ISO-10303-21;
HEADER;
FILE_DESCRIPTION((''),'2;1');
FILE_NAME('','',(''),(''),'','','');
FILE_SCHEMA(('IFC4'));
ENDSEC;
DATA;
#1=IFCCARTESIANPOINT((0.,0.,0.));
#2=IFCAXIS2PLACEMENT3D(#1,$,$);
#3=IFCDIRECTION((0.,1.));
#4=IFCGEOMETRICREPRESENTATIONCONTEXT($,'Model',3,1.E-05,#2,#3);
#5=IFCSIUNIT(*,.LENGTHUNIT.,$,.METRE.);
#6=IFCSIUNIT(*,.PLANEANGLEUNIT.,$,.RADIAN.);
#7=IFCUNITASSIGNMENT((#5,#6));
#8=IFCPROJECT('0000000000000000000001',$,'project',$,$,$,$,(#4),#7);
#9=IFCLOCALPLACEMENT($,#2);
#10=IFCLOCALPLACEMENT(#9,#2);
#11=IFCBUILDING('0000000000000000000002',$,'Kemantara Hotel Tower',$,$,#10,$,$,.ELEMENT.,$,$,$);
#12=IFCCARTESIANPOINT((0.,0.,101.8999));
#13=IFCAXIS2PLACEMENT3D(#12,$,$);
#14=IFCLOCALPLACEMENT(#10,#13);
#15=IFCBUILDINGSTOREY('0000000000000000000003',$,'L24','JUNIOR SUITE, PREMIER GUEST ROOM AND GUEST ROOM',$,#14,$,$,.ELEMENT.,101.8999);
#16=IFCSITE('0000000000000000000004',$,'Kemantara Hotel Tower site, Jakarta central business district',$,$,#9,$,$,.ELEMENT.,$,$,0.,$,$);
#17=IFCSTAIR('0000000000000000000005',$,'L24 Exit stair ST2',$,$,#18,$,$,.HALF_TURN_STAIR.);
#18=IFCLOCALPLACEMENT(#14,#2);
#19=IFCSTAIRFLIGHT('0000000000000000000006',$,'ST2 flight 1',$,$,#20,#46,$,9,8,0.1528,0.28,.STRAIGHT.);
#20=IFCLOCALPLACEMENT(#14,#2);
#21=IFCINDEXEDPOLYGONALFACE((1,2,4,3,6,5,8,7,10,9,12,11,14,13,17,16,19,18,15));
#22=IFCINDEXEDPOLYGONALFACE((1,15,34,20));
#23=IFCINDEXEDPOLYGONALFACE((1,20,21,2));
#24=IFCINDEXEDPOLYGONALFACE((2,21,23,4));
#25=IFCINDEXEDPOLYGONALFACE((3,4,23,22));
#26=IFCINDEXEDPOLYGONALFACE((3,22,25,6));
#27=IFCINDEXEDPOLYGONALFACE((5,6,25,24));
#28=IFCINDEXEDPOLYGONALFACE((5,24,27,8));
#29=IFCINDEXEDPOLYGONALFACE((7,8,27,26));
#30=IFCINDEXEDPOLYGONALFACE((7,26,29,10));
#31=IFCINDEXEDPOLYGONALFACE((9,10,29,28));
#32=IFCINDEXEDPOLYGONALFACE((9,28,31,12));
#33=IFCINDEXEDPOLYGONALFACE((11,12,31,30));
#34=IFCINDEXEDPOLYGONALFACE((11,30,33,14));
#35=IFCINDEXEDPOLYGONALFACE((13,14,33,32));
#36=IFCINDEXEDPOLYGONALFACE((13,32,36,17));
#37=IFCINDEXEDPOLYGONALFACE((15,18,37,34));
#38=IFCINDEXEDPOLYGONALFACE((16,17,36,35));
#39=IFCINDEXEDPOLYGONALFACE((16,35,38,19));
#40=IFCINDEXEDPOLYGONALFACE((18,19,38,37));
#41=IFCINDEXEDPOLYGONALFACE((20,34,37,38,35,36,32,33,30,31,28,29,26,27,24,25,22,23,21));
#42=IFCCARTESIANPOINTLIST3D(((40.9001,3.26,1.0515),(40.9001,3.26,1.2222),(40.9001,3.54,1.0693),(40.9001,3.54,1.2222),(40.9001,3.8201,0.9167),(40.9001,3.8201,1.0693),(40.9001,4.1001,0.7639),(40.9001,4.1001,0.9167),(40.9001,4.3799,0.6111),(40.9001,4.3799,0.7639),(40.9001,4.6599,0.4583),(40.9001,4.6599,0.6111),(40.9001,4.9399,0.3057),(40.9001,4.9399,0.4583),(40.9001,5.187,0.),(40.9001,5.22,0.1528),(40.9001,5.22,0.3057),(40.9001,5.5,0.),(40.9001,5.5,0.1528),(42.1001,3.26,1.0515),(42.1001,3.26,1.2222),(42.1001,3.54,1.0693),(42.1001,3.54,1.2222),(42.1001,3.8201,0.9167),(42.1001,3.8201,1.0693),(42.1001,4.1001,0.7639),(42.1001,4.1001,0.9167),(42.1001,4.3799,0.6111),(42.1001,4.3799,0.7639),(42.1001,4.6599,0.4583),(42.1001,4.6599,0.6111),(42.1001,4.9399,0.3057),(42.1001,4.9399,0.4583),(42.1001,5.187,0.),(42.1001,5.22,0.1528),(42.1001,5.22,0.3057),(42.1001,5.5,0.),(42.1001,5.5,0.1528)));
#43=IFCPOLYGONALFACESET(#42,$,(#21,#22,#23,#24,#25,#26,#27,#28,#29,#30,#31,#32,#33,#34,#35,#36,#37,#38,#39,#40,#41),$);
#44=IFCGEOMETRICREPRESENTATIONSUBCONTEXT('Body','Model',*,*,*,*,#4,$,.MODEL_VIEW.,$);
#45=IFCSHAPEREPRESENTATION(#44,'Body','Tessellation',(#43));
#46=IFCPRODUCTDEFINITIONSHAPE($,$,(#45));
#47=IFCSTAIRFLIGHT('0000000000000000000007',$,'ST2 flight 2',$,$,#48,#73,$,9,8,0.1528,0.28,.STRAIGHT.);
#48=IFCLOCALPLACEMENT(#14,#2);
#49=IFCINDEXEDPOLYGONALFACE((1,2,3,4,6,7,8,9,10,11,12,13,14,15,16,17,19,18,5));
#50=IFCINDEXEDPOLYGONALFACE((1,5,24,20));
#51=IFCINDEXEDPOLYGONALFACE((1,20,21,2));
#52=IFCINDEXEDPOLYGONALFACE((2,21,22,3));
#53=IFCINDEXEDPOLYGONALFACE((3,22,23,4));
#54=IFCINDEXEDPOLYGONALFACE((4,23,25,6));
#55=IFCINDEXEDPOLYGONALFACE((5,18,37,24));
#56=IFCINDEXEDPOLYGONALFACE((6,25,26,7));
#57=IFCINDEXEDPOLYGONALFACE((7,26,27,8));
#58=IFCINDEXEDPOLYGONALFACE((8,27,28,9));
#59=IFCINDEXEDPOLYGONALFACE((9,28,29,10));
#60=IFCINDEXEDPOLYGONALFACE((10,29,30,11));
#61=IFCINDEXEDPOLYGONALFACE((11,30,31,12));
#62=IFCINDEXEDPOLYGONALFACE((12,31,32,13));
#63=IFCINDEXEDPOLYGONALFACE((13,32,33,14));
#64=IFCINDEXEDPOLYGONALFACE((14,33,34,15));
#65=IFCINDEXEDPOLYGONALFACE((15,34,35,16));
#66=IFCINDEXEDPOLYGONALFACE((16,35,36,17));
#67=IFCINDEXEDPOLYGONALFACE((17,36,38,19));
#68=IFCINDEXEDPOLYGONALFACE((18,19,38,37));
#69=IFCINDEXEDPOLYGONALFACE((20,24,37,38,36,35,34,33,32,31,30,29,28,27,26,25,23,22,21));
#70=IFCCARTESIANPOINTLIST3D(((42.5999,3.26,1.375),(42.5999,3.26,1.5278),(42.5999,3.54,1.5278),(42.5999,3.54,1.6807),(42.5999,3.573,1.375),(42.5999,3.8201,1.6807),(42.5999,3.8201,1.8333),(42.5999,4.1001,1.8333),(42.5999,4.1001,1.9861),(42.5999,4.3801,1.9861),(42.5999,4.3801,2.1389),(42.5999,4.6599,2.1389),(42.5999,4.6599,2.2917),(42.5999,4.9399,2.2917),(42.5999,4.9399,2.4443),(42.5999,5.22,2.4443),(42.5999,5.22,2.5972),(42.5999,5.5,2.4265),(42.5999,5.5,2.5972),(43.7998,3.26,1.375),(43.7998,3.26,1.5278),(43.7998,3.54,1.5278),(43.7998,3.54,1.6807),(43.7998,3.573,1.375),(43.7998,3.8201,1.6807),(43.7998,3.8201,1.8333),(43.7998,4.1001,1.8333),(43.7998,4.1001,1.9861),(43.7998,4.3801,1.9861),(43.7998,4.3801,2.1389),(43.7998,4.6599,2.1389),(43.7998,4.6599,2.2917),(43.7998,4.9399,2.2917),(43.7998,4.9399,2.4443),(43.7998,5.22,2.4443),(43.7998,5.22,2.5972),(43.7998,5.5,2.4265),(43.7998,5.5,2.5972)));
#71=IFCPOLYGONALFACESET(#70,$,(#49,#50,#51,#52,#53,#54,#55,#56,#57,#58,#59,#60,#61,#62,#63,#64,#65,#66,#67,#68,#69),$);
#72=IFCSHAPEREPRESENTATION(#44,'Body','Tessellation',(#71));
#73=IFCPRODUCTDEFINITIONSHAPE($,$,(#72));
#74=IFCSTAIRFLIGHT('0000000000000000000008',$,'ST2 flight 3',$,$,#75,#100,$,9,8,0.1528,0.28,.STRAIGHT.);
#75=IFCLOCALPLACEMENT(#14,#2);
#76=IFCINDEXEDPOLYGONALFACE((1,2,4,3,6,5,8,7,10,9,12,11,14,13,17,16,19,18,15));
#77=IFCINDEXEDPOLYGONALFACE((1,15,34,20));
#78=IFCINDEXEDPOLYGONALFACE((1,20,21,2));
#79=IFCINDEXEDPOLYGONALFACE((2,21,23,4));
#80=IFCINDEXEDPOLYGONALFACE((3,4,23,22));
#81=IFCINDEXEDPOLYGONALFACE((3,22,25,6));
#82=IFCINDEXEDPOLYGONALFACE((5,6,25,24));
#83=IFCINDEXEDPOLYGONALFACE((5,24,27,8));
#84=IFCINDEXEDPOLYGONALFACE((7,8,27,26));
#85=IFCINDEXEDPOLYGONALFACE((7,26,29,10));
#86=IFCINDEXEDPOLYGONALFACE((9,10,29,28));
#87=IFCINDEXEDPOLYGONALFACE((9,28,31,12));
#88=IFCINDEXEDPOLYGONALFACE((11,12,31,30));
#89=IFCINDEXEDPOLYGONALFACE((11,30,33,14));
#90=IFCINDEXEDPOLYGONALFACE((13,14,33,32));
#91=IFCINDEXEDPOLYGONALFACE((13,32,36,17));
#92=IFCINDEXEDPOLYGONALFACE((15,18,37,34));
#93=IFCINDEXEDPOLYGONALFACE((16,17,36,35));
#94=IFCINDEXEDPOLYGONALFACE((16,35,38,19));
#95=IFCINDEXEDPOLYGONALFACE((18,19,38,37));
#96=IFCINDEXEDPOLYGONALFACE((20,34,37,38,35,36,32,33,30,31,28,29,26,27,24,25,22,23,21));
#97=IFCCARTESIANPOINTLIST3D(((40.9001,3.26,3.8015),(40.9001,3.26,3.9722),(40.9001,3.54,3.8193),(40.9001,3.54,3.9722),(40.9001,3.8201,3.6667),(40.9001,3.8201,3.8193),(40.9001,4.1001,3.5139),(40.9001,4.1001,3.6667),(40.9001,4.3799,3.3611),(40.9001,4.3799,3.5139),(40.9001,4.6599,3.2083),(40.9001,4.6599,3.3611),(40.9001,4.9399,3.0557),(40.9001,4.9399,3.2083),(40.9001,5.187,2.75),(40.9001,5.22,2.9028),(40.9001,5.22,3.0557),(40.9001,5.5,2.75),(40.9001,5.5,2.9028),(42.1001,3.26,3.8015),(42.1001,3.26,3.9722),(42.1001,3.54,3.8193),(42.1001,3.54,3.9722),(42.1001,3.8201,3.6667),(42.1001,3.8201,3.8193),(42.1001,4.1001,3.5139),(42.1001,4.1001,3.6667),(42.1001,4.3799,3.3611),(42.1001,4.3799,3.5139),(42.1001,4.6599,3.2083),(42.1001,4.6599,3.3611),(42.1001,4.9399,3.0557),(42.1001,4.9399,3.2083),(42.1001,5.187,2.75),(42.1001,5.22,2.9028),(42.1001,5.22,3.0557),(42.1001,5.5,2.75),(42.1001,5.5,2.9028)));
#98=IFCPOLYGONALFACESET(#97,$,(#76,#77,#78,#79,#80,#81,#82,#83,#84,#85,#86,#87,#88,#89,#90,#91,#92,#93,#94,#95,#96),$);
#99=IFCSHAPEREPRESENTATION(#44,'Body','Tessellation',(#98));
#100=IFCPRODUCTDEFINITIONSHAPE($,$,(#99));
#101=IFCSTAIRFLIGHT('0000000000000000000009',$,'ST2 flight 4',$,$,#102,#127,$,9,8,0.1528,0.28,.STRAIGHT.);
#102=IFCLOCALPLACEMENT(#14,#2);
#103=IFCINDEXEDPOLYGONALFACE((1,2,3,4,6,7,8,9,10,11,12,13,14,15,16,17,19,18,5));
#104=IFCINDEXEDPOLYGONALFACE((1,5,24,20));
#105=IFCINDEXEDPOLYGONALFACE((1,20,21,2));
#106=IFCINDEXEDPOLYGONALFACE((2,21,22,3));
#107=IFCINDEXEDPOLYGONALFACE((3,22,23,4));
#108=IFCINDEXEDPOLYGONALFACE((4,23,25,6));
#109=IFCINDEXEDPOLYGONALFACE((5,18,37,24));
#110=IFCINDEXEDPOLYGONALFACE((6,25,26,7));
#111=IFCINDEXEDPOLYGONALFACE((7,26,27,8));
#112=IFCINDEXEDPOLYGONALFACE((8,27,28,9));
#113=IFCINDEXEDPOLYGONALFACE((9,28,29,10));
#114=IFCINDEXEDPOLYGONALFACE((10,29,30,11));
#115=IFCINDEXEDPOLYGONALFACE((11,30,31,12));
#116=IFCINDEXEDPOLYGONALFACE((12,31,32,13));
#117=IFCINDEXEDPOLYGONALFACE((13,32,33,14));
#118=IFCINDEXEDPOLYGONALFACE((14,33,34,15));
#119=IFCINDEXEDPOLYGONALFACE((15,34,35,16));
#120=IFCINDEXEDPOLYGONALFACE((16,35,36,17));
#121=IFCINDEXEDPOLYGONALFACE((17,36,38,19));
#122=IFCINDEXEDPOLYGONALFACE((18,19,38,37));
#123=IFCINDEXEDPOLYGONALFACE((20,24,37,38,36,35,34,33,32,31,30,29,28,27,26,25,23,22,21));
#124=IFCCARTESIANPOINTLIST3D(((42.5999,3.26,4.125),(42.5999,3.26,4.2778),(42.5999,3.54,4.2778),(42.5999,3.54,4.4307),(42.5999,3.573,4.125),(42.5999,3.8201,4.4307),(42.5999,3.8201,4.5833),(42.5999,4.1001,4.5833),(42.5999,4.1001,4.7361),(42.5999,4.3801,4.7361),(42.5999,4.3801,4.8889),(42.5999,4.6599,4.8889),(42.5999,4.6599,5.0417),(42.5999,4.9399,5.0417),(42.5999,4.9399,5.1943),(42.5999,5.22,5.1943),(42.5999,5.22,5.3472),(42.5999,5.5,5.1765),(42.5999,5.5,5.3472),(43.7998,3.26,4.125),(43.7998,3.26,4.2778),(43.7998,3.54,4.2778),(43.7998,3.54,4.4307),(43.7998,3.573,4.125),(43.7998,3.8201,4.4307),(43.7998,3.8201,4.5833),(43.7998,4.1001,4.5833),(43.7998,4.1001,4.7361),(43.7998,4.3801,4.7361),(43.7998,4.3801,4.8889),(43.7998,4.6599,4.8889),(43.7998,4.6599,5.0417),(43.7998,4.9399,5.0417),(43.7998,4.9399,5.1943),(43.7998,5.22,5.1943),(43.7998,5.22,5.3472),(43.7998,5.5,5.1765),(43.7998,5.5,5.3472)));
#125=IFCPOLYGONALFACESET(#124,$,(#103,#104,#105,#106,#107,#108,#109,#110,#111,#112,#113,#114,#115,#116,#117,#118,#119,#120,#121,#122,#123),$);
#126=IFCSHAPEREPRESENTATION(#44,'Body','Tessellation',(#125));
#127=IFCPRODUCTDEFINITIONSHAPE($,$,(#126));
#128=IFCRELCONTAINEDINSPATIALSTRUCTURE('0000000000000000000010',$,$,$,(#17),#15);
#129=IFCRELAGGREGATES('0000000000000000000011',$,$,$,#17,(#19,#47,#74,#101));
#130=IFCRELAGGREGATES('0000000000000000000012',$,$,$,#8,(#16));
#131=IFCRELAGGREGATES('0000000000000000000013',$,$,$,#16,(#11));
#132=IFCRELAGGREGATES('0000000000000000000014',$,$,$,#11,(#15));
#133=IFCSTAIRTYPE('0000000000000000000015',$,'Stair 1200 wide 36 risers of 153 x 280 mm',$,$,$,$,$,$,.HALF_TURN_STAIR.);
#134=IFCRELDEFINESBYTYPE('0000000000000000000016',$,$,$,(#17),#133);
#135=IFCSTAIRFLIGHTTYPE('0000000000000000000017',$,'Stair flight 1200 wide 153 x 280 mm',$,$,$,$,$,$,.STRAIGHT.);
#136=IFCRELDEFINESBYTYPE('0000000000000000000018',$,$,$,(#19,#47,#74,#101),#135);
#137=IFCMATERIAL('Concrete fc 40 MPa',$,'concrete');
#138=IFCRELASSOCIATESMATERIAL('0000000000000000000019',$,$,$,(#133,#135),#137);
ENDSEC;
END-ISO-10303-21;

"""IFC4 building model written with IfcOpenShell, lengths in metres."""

from ifc_helpers import new_model, si_unit, direction, frame, origin, place, context, subcontext, project, spatial, polyline, outline, extrude, material, type_object, element, aggregate, save


model = new_model("IFC4")

# Units and contexts
model_context = context("Model", 3, precision=1e-05, world=origin(), true_north=direction((0.0, 1.0)))
body_context = subcontext(model_context, "Body", "Model", "MODEL_VIEW")
ifc_project = project(units=[si_unit("LENGTHUNIT", "METRE"), si_unit("PLANEANGLEUNIT", "RADIAN")], contexts=[model_context])

# Site, building, storey
site_placement = place(None, origin())
site = spatial("IfcSite", under=ifc_project, at=site_placement, Name="Kemantara Hotel Tower site, Jakarta central business district", CompositionType="ELEMENT", RefElevation=0.0)
building_placement = place(site_placement, origin())
building = spatial("IfcBuilding", under=site, at=building_placement, Name="Kemantara Hotel Tower", CompositionType="ELEMENT")
storey_placement = place(building_placement, frame((0.0, 0.0, 101.8999)))
storey = spatial("IfcBuildingStorey", under=building, at=storey_placement, Name="L24", Description="JUNIOR SUITE, PREMIER GUEST ROOM AND GUEST ROOM", CompositionType="ELEMENT", Elevation=101.8999)

# Stair, stair flights
ifc_material_1 = material(Name="Concrete fc 40 MPa", Category="concrete")
stair_type = type_object("IfcStairType", Name="Stair 1200 wide 36 risers of 153 x 280 mm", PredefinedType="HALF_TURN_STAIR", material=ifc_material_1)
stair_placement = place(storey_placement, origin())
stair = element("IfcStair", 1, at=stair_placement, inside=storey, type_object=stair_type, Name="L24 Exit stair ST2", PredefinedType="HALF_TURN_STAIR")
stair_flight_type = type_object("IfcStairFlightType", Name="Stair flight 1200 wide 153 x 280 mm", PredefinedType="STRAIGHT", material=ifc_material_1)
stair_flight_1_placement = place(storey_placement, frame((41.5, 5.5, 0.0), z_axis=(0.0, 0.0, 1.0), x_axis=(0.0, -1.0, 0.0)))
stair_flight_1 = element("IfcStairFlight", 2, at=stair_flight_1_placement, type_object=stair_flight_type, Name="ST2 flight 1", NumberOfRisers=9, NumberOfTreads=8, PredefinedType="STRAIGHT", RiserHeight=0.1528, TreadLength=0.28, context=body_context, shape_type="SweptSolid", body=[
    extrude(outline(polyline([(0.0, 0.0), (0.0, 0.1528), (0.28, 0.1528), (0.28, 0.3057), (0.5601, 0.3057), (0.5601, 0.4583), (0.8401, 0.4583), (0.8401, 0.6111), (1.1201, 0.6111), (1.1201, 0.7639), (1.3999, 0.7639), (1.3999, 0.9167), (1.6799, 0.9167), (1.6799, 1.0693), (1.96, 1.0693), (1.96, 1.2222), (2.24, 1.2222), (2.24, 1.375), (2.24, 1.0515), (0.313, 0.0), (0.0, 0.0)])), frame((0.0, 0.6001, 0.0), z_axis=(0.0, -1.0, 0.0), x_axis=(1.0, 0.0, 0.0)), (0.0, 0.0, 1.0), 1.2),
])
stair_flight_2_placement = place(storey_placement, frame((43.2, 3.26, 1.375), z_axis=(0.0, 0.0, 1.0), x_axis=(0.0, 1.0, 0.0)))
stair_flight_2 = element("IfcStairFlight", 3, at=stair_flight_2_placement, type_object=stair_flight_type, Name="ST2 flight 2", NumberOfRisers=9, NumberOfTreads=8, PredefinedType="STRAIGHT", RiserHeight=0.1528, TreadLength=0.28, context=body_context, shape_type="SweptSolid", body=[
    extrude(outline(polyline([(0.0, 0.0), (0.0, 0.1528), (0.28, 0.1528), (0.28, 0.3057), (0.5601, 0.3057), (0.5601, 0.4583), (0.8401, 0.4583), (0.8401, 0.6111), (1.1201, 0.6111), (1.1201, 0.7639), (1.3999, 0.7639), (1.3999, 0.9167), (1.6799, 0.9167), (1.6799, 1.0693), (1.96, 1.0693), (1.96, 1.2222), (2.24, 1.2222), (2.24, 1.375), (2.24, 1.0515), (0.313, 0.0), (0.0, 0.0)])), frame((0.0, 0.6001, 0.0), z_axis=(0.0, -1.0, 0.0), x_axis=(1.0, 0.0, 0.0)), (0.0, 0.0, 1.0), 1.2),
])
stair_flight_3_placement = place(storey_placement, frame((41.5, 5.5, 2.75), z_axis=(0.0, 0.0, 1.0), x_axis=(0.0, -1.0, 0.0)))
stair_flight_3 = element("IfcStairFlight", 4, at=stair_flight_3_placement, type_object=stair_flight_type, Name="ST2 flight 3", NumberOfRisers=9, NumberOfTreads=8, PredefinedType="STRAIGHT", RiserHeight=0.1528, TreadLength=0.28, context=body_context, shape_type="SweptSolid", body=[
    extrude(outline(polyline([(0.0, 0.0), (0.0, 0.1528), (0.28, 0.1528), (0.28, 0.3057), (0.5601, 0.3057), (0.5601, 0.4583), (0.8401, 0.4583), (0.8401, 0.6111), (1.1201, 0.6111), (1.1201, 0.7639), (1.3999, 0.7639), (1.3999, 0.9167), (1.6799, 0.9167), (1.6799, 1.0693), (1.96, 1.0693), (1.96, 1.2222), (2.24, 1.2222), (2.24, 1.375), (2.24, 1.0515), (0.313, 0.0), (0.0, 0.0)])), frame((0.0, 0.6001, 0.0), z_axis=(0.0, -1.0, 0.0), x_axis=(1.0, 0.0, 0.0)), (0.0, 0.0, 1.0), 1.2),
])
stair_flight_4_placement = place(storey_placement, frame((43.2, 3.26, 4.125), z_axis=(0.0, 0.0, 1.0), x_axis=(0.0, 1.0, 0.0)))
stair_flight_4 = element("IfcStairFlight", 5, at=stair_flight_4_placement, type_object=stair_flight_type, Name="ST2 flight 4", NumberOfRisers=9, NumberOfTreads=8, PredefinedType="STRAIGHT", RiserHeight=0.1528, TreadLength=0.28, context=body_context, shape_type="SweptSolid", body=[
    extrude(outline(polyline([(0.0, 0.0), (0.0, 0.1528), (0.28, 0.1528), (0.28, 0.3057), (0.5601, 0.3057), (0.5601, 0.4583), (0.8401, 0.4583), (0.8401, 0.6111), (1.1201, 0.6111), (1.1201, 0.7639), (1.3999, 0.7639), (1.3999, 0.9167), (1.6799, 0.9167), (1.6799, 1.0693), (1.96, 1.0693), (1.96, 1.2222), (2.24, 1.2222), (2.24, 1.375), (2.24, 1.0515), (0.313, 0.0), (0.0, 0.0)])), frame((0.0, 0.6001, 0.0), z_axis=(0.0, -1.0, 0.0), x_axis=(1.0, 0.0, 0.0)), (0.0, 0.0, 1.0), 1.2),
])
aggregate(stair, [stair_flight_1, stair_flight_2, stair_flight_3, stair_flight_4])

save(model, "model.ifc")
